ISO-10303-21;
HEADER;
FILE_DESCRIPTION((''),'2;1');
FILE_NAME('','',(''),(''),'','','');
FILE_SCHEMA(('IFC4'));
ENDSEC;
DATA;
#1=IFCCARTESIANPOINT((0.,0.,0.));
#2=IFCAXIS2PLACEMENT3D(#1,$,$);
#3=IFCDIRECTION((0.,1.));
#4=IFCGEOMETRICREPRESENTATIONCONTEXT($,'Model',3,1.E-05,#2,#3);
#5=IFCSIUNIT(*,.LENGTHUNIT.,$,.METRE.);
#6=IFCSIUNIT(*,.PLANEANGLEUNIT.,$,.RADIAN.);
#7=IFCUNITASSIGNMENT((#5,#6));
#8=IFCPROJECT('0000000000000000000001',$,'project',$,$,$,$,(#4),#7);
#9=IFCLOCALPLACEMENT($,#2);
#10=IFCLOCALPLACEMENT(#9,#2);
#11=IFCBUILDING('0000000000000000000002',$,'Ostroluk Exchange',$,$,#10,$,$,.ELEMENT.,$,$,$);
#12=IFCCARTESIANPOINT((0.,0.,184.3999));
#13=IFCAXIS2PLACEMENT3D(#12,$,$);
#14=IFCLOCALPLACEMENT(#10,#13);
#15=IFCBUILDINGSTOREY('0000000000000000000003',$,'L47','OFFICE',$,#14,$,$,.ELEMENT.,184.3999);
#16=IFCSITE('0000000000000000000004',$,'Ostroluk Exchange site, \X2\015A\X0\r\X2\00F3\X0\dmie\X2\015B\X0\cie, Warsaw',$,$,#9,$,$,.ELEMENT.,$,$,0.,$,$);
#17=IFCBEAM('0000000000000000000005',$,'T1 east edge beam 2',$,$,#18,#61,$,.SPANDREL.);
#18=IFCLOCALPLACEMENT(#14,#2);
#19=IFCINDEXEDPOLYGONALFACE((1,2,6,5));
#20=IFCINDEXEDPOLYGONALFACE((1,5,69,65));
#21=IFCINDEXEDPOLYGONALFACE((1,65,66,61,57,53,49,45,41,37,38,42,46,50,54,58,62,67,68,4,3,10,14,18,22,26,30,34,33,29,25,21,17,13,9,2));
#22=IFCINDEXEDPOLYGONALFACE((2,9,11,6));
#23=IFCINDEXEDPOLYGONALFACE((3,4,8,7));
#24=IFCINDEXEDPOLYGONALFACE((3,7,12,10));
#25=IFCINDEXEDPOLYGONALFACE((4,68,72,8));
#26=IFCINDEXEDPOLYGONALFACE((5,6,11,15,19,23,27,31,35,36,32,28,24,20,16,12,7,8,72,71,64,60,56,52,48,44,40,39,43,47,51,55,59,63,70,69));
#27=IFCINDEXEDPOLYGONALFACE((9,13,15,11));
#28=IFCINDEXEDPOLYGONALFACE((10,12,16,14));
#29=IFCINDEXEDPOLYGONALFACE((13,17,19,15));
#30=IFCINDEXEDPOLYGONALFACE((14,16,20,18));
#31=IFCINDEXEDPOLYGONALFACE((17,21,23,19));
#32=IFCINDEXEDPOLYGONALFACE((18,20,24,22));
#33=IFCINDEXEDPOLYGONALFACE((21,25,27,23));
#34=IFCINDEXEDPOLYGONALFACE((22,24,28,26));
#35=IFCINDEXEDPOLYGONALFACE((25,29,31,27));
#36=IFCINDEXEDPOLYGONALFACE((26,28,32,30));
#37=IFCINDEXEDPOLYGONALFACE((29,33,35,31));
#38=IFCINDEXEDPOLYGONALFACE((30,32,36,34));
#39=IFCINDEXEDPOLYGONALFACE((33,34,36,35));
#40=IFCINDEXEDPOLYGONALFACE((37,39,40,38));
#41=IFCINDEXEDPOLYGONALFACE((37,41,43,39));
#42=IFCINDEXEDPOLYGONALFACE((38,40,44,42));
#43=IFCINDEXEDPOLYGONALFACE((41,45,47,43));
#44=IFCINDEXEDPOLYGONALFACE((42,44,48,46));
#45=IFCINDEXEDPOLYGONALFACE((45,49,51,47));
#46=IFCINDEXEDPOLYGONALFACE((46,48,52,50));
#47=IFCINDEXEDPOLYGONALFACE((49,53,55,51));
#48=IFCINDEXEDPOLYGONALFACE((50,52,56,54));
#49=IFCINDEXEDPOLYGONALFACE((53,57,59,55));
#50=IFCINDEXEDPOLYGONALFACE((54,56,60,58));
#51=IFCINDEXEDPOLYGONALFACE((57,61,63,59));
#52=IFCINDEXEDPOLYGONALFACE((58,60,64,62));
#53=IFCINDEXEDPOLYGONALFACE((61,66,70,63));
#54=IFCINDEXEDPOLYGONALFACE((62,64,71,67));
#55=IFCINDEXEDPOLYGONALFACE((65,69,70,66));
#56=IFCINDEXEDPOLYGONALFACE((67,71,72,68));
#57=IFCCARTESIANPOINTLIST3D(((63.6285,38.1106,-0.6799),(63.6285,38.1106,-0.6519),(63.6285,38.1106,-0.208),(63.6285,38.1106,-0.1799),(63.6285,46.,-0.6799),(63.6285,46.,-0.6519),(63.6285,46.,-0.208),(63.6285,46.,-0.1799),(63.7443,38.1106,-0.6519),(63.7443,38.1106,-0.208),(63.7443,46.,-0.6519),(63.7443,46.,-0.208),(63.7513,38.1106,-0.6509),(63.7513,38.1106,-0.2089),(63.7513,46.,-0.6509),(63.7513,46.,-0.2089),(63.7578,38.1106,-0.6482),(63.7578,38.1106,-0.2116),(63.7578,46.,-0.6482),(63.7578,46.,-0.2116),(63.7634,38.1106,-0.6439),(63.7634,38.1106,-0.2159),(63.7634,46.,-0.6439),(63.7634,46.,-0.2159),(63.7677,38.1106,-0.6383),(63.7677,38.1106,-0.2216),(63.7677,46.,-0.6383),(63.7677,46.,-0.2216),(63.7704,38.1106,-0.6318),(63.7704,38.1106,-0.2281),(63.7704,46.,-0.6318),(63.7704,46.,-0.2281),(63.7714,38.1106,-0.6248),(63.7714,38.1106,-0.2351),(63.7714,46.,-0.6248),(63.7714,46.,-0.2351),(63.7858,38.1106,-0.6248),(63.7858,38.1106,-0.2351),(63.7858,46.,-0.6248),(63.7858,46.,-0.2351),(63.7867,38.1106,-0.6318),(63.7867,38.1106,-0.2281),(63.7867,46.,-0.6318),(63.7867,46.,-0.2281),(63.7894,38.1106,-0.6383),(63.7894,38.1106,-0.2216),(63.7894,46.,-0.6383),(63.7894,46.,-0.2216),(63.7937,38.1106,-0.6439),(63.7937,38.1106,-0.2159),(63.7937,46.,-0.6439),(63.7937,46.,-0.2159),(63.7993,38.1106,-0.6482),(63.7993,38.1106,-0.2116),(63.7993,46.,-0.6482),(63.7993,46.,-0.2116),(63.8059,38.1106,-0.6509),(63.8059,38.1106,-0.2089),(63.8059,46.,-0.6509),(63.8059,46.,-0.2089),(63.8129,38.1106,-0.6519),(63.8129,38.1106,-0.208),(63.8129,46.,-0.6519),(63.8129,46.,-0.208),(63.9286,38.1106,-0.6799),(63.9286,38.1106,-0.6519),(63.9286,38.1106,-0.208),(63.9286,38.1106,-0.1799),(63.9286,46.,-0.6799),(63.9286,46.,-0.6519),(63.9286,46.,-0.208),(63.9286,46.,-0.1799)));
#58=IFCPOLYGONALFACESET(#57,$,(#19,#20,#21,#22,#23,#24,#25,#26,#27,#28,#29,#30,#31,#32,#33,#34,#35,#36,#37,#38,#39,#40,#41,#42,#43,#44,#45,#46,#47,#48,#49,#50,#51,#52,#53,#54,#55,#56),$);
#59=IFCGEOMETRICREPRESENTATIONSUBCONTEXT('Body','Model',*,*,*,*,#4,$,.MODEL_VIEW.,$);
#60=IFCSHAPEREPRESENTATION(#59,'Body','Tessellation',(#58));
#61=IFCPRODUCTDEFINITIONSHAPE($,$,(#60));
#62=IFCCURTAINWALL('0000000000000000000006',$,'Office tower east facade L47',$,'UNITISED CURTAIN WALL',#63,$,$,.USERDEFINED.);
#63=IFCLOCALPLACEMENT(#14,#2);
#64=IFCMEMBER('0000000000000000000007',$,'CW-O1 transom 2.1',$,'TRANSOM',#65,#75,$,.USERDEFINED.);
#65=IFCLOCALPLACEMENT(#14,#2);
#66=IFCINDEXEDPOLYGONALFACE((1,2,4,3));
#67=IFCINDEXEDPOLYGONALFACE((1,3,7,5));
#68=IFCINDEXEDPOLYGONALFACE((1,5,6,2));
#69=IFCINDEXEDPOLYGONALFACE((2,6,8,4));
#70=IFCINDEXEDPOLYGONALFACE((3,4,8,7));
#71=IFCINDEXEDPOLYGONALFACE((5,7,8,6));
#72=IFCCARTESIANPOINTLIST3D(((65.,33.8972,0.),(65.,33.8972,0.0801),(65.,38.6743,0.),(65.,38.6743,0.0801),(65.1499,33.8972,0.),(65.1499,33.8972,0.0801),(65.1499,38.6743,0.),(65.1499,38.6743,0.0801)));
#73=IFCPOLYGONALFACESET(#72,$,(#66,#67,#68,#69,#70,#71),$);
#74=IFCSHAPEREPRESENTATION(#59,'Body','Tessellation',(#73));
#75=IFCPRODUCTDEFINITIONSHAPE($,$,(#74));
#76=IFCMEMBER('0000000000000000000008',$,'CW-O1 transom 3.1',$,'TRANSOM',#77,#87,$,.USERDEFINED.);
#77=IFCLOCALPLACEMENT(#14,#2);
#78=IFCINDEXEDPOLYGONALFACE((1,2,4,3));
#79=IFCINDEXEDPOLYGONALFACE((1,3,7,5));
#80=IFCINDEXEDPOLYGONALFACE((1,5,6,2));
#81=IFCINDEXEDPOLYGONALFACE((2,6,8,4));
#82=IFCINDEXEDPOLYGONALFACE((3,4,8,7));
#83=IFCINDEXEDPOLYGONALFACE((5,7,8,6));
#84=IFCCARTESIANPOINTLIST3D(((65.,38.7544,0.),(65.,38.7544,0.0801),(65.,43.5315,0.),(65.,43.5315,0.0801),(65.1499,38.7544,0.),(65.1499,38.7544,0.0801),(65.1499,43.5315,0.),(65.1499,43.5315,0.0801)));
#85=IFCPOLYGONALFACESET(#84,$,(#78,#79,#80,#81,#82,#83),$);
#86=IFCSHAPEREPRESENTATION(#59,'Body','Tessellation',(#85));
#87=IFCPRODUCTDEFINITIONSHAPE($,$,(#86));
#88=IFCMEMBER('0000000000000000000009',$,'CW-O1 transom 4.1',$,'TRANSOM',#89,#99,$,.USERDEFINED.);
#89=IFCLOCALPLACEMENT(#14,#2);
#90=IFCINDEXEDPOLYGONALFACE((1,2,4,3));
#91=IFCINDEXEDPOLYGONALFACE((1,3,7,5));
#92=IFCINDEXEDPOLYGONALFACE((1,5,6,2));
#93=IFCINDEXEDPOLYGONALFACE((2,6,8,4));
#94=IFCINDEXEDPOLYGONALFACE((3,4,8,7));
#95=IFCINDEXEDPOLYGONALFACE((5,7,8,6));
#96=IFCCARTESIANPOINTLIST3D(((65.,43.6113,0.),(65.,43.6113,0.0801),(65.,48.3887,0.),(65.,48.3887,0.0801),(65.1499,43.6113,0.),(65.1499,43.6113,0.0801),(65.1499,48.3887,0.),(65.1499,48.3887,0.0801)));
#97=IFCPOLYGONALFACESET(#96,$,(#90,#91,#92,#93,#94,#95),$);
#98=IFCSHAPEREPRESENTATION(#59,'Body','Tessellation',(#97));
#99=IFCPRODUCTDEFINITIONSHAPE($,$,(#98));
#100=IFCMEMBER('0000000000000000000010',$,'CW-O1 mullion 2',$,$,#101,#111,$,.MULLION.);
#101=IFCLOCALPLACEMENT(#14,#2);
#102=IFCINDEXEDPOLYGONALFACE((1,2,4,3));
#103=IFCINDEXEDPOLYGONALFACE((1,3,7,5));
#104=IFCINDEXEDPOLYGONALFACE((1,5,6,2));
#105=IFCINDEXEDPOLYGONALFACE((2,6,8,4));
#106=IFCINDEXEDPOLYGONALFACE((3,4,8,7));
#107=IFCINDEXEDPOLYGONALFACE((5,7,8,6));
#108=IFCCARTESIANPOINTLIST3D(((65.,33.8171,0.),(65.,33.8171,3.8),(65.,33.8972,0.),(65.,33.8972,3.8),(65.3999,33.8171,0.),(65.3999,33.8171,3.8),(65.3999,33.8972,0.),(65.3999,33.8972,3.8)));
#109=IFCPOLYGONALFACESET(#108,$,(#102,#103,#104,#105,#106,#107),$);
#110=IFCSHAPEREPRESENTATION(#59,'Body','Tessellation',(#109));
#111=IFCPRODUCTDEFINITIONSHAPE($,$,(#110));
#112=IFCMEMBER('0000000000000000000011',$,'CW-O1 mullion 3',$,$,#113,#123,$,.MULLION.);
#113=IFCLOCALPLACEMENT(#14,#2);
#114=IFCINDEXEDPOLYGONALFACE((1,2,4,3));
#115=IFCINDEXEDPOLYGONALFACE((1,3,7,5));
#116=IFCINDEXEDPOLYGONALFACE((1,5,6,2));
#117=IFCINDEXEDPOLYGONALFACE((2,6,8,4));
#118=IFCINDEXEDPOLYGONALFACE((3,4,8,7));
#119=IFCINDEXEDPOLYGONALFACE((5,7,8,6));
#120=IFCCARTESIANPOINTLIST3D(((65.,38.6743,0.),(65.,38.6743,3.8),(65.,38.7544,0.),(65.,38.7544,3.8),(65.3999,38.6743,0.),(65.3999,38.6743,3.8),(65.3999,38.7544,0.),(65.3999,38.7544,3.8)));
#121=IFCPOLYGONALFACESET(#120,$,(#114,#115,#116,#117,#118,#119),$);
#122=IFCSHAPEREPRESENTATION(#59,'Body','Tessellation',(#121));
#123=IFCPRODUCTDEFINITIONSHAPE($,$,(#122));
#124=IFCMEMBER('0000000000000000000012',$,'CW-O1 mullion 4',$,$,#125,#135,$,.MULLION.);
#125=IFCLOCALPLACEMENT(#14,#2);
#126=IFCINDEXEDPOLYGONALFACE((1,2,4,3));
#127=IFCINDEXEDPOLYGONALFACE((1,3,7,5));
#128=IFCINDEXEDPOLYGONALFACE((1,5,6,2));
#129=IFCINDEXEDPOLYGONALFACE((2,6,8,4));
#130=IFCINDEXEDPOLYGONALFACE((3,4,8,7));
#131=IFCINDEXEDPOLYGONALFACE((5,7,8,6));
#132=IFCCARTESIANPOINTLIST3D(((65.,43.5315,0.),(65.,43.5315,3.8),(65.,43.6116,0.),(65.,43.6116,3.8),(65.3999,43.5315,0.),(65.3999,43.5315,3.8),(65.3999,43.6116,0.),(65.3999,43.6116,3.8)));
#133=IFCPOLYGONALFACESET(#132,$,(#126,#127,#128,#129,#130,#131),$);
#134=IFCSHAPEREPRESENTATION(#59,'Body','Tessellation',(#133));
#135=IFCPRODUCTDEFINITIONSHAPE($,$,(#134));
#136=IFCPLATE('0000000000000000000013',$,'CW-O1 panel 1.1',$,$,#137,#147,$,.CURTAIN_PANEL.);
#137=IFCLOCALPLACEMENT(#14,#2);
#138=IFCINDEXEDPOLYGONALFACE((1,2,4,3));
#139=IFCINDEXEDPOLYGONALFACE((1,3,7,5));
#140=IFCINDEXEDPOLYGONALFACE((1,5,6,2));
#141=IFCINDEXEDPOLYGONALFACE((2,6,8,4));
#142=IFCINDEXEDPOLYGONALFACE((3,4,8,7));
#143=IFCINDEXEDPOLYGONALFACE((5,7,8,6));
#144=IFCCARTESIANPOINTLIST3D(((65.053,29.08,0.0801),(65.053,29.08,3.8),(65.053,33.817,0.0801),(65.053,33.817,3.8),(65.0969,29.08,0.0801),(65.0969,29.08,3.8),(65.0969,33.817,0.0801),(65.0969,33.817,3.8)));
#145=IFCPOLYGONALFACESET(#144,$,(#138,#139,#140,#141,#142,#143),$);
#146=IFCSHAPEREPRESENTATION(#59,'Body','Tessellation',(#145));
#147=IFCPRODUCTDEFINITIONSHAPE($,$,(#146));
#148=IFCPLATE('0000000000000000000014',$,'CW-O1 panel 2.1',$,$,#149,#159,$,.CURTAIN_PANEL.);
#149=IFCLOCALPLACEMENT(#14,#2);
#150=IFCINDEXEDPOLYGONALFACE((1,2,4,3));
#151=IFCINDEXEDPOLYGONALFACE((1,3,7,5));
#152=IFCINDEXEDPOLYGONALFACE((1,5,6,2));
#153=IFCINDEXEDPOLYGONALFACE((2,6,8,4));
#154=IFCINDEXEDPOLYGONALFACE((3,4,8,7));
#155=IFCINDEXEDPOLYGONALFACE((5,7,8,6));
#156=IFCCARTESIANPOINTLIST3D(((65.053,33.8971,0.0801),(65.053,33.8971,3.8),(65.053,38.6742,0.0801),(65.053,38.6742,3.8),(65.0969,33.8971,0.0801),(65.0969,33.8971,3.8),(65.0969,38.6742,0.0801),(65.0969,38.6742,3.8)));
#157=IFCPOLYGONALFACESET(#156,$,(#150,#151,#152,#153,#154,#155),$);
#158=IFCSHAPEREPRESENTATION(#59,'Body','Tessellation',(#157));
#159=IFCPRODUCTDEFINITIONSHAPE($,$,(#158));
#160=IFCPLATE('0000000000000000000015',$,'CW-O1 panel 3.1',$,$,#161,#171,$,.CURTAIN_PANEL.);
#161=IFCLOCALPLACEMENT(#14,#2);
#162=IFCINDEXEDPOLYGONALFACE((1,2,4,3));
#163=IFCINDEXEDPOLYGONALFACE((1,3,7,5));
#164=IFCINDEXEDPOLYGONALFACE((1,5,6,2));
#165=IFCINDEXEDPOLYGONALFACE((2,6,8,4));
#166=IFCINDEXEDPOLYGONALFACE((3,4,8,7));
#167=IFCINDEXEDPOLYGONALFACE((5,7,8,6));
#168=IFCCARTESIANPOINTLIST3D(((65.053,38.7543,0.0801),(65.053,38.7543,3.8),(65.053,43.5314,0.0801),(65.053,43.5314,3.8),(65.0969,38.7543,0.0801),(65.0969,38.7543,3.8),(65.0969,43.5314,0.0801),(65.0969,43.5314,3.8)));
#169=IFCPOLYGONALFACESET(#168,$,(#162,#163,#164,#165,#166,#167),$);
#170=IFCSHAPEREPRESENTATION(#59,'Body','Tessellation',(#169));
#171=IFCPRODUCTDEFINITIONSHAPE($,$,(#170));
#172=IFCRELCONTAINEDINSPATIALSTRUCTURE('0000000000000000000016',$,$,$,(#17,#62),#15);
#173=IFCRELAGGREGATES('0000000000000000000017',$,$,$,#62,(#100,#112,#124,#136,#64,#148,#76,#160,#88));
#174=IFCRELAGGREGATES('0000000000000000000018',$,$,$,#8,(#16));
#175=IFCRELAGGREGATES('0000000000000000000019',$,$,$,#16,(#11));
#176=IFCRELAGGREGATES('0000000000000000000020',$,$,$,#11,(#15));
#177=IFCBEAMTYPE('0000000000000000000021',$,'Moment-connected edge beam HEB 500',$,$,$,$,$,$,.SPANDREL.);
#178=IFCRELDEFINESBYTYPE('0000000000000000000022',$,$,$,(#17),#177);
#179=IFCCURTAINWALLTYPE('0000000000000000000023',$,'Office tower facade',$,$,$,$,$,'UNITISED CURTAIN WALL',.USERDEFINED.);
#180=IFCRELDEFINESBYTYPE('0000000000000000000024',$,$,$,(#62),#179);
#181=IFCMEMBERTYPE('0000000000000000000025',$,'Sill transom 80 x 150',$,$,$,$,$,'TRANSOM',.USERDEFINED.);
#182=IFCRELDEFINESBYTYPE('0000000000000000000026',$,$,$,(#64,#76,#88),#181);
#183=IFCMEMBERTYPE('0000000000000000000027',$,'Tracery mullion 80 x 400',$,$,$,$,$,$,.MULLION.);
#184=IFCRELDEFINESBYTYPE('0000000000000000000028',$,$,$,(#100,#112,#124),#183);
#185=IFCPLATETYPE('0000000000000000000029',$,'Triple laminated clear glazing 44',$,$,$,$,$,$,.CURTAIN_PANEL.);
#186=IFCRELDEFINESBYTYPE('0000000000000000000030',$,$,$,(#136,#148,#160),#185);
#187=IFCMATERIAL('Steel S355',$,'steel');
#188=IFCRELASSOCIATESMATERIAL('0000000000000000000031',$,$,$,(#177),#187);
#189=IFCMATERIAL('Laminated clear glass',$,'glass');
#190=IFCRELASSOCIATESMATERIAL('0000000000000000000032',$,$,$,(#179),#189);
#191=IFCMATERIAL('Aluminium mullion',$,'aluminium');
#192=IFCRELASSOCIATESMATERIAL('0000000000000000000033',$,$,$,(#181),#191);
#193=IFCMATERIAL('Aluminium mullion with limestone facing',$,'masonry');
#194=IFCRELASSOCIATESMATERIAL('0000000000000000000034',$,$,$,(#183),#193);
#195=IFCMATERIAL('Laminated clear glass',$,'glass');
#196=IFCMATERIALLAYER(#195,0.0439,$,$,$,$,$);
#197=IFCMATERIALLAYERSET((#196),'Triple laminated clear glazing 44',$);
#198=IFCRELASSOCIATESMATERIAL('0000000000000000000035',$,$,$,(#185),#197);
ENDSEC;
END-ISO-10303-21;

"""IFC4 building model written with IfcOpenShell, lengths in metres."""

from ifc_helpers import new_model, si_unit, direction, frame, origin, origin_2d, place, context, subcontext, project, spatial, rectangle, i_section, extrude, material, layer, layer_set, material_profile, profile_set, type_object, element, aggregate, save


model = new_model("IFC4")

# Units and contexts
model_context = context("Model", 3, precision=1e-05, world=origin(), true_north=direction((0.0, 1.0)))
body_context = subcontext(model_context, "Body", "Model", "MODEL_VIEW")
ifc_project = project(units=[si_unit("LENGTHUNIT", "METRE"), si_unit("PLANEANGLEUNIT", "RADIAN")], contexts=[model_context])

# Site, building, storey
site_placement = place(None, origin())
site = spatial("IfcSite", under=ifc_project, at=site_placement, Name="Ostroluk Exchange site, Śródmieście, Warsaw", CompositionType="ELEMENT", RefElevation=0.0)
building_placement = place(site_placement, origin())
building = spatial("IfcBuilding", under=site, at=building_placement, Name="Ostroluk Exchange", CompositionType="ELEMENT")
storey_placement = place(building_placement, frame((0.0, 0.0, 184.3999)))
storey = spatial("IfcBuildingStorey", under=building, at=storey_placement, Name="L47", Description="OFFICE", CompositionType="ELEMENT", Elevation=184.3999)

# Beam
ifc_material_1 = material(Name="Steel S355", Category="steel")
ifc_material_profile_1 = material_profile(ifc_material_1, i_section(OverallWidth=0.3, OverallDepth=0.5, WebThickness=0.0144, FlangeThickness=0.0281, FilletRadius=0.0271, at=origin_2d()), Name="HEB 500")
ifc_profile_set_1 = profile_set([ifc_material_profile_1], Name="Steel S355")
beam_type_1 = type_object("IfcBeamType", Name="Moment-connected edge beam HEB 500", PredefinedType="SPANDREL", material=ifc_profile_set_1)
beam_1_placement = place(storey_placement, frame((63.7786, 38.1106, -0.4299), z_axis=(0.0, 1.0, 0.0), x_axis=(-1.0, 0.0, 0.0)))
element("IfcBeam", 1, at=beam_1_placement, inside=storey, type_object=beam_type_1, Name="T1 east edge beam 2", PredefinedType="SPANDREL", context=body_context, shape_type="SweptSolid", body=[
    extrude(i_section(OverallWidth=0.3, OverallDepth=0.5, WebThickness=0.0144, FlangeThickness=0.0281, FilletRadius=0.0271, at=origin_2d()), origin(), (0.0, 0.0, 1.0), 7.8894),
])

# Curtain wall, members, plates
ifc_material_2 = material(Name="Laminated clear glass", Category="glass")
curtain_wall_type = type_object("IfcCurtainWallType", Name="Office tower facade", ElementType="UNITISED CURTAIN WALL", PredefinedType="USERDEFINED", material=ifc_material_2)
curtain_wall_placement = place(storey_placement, origin())
curtain_wall = element("IfcCurtainWall", 2, at=curtain_wall_placement, inside=storey, type_object=curtain_wall_type, Name="Office tower east facade L47", ObjectType="UNITISED CURTAIN WALL", PredefinedType="USERDEFINED")
ifc_material_3 = material(Name="Aluminium mullion", Category="aluminium")
ifc_material_profile_2 = material_profile(ifc_material_3, rectangle(XDim=0.1499, YDim=0.0801, at=origin_2d()), Name="Sill transom 80 x 150")
ifc_profile_set_2 = profile_set([ifc_material_profile_2], Name="Aluminium mullion")
member_type_1 = type_object("IfcMemberType", Name="Sill transom 80 x 150", ElementType="TRANSOM", PredefinedType="USERDEFINED", material=ifc_profile_set_2)
member_1_placement = place(storey_placement, frame((65.075, 33.8972, 0.04), z_axis=(0.0, 1.0, 0.0), x_axis=(-1.0, 0.0, 0.0)))
member_1 = element("IfcMember", 3, at=member_1_placement, type_object=member_type_1, Name="CW-O1 transom 2.1", ObjectType="TRANSOM", PredefinedType="USERDEFINED", context=body_context, shape_type="SweptSolid", body=[
    extrude(rectangle(XDim=0.1499, YDim=0.0801, at=origin_2d()), origin(), (0.0, 0.0, 1.0), 4.7771),
])
member_2_placement = place(storey_placement, frame((65.075, 38.7544, 0.04), z_axis=(0.0, 1.0, 0.0), x_axis=(-1.0, 0.0, 0.0)))
member_2 = element("IfcMember", 4, at=member_2_placement, type_object=member_type_1, Name="CW-O1 transom 3.1", ObjectType="TRANSOM", PredefinedType="USERDEFINED", context=body_context, shape_type="SweptSolid", body=[
    extrude(rectangle(XDim=0.1499, YDim=0.0801, at=origin_2d()), origin(), (0.0, 0.0, 1.0), 4.7771),
])
member_3_placement = place(storey_placement, frame((65.075, 43.6113, 0.04), z_axis=(0.0, 1.0, 0.0), x_axis=(-1.0, 0.0, 0.0)))
member_3 = element("IfcMember", 5, at=member_3_placement, type_object=member_type_1, Name="CW-O1 transom 4.1", ObjectType="TRANSOM", PredefinedType="USERDEFINED", context=body_context, shape_type="SweptSolid", body=[
    extrude(rectangle(XDim=0.1499, YDim=0.0801, at=origin_2d()), origin(), (0.0, 0.0, 1.0), 4.7773),
])
ifc_material_4 = material(Name="Aluminium mullion with limestone facing", Category="masonry")
ifc_material_profile_3 = material_profile(ifc_material_4, rectangle(XDim=0.3999, YDim=0.0801, at=origin_2d()), Name="Tracery mullion 80 x 400")
ifc_profile_set_3 = profile_set([ifc_material_profile_3], Name="Aluminium mullion with limestone facing")
member_type_2 = type_object("IfcMemberType", Name="Tracery mullion 80 x 400", PredefinedType="MULLION", material=ifc_profile_set_3)
member_4_placement = place(storey_placement, frame((65.2, 33.8572, 0.0), z_axis=(0.0, 0.0, 1.0), x_axis=(-1.0, 0.0, 0.0)))
member_4 = element("IfcMember", 6, at=member_4_placement, type_object=member_type_2, Name="CW-O1 mullion 2", PredefinedType="MULLION", context=body_context, shape_type="SweptSolid", body=[
    extrude(rectangle(XDim=0.3999, YDim=0.0801, at=origin_2d()), origin(), (0.0, 0.0, 1.0), 3.8),
])
member_5_placement = place(storey_placement, frame((65.2, 38.7144, 0.0), z_axis=(0.0, 0.0, 1.0), x_axis=(-1.0, 0.0, 0.0)))
member_5 = element("IfcMember", 7, at=member_5_placement, type_object=member_type_2, Name="CW-O1 mullion 3", PredefinedType="MULLION", context=body_context, shape_type="SweptSolid", body=[
    extrude(rectangle(XDim=0.3999, YDim=0.0801, at=origin_2d()), origin(), (0.0, 0.0, 1.0), 3.8),
])
member_6_placement = place(storey_placement, frame((65.2, 43.5715, 0.0), z_axis=(0.0, 0.0, 1.0), x_axis=(-1.0, 0.0, 0.0)))
member_6 = element("IfcMember", 8, at=member_6_placement, type_object=member_type_2, Name="CW-O1 mullion 4", PredefinedType="MULLION", context=body_context, shape_type="SweptSolid", body=[
    extrude(rectangle(XDim=0.3999, YDim=0.0801, at=origin_2d()), origin(), (0.0, 0.0, 1.0), 3.8),
])
ifc_material_5 = material(Name="Laminated clear glass", Category="glass")
ifc_layer_1 = layer(ifc_material_5, 0.0439)
ifc_layer_set_1 = layer_set([ifc_layer_1], Name="Triple laminated clear glazing 44")
plate_type = type_object("IfcPlateType", Name="Triple laminated clear glazing 44", PredefinedType="CURTAIN_PANEL", material=ifc_layer_set_1)
plate_1_placement = place(storey_placement, frame((65.075, 31.4485, 0.0801), z_axis=(0.0, 0.0, 1.0), x_axis=(0.0, 1.0, 0.0)))
plate_1 = element("IfcPlate", 9, at=plate_1_placement, type_object=plate_type, Name="CW-O1 panel 1.1", PredefinedType="CURTAIN_PANEL", context=body_context, shape_type="SweptSolid", body=[
    extrude(rectangle(XDim=4.7371, YDim=0.0439, at=origin_2d()), origin(), (0.0, 0.0, 1.0), 3.72),
])
plate_2_placement = place(storey_placement, frame((65.075, 36.2856, 0.0801), z_axis=(0.0, 0.0, 1.0), x_axis=(0.0, 1.0, 0.0)))
plate_2 = element("IfcPlate", 10, at=plate_2_placement, type_object=plate_type, Name="CW-O1 panel 2.1", PredefinedType="CURTAIN_PANEL", context=body_context, shape_type="SweptSolid", body=[
    extrude(rectangle(XDim=4.7771, YDim=0.0439, at=origin_2d()), origin(), (0.0, 0.0, 1.0), 3.72),
])
plate_3_placement = place(storey_placement, frame((65.075, 41.1428, 0.0801), z_axis=(0.0, 0.0, 1.0), x_axis=(0.0, 1.0, 0.0)))
plate_3 = element("IfcPlate", 11, at=plate_3_placement, type_object=plate_type, Name="CW-O1 panel 3.1", PredefinedType="CURTAIN_PANEL", context=body_context, shape_type="SweptSolid", body=[
    extrude(rectangle(XDim=4.7771, YDim=0.0439, at=origin_2d()), origin(), (0.0, 0.0, 1.0), 3.72),
])
aggregate(curtain_wall, [member_4, member_5, member_6, plate_1, member_1, plate_2, member_2, plate_3, member_3])

save(model, "model.ifc")
